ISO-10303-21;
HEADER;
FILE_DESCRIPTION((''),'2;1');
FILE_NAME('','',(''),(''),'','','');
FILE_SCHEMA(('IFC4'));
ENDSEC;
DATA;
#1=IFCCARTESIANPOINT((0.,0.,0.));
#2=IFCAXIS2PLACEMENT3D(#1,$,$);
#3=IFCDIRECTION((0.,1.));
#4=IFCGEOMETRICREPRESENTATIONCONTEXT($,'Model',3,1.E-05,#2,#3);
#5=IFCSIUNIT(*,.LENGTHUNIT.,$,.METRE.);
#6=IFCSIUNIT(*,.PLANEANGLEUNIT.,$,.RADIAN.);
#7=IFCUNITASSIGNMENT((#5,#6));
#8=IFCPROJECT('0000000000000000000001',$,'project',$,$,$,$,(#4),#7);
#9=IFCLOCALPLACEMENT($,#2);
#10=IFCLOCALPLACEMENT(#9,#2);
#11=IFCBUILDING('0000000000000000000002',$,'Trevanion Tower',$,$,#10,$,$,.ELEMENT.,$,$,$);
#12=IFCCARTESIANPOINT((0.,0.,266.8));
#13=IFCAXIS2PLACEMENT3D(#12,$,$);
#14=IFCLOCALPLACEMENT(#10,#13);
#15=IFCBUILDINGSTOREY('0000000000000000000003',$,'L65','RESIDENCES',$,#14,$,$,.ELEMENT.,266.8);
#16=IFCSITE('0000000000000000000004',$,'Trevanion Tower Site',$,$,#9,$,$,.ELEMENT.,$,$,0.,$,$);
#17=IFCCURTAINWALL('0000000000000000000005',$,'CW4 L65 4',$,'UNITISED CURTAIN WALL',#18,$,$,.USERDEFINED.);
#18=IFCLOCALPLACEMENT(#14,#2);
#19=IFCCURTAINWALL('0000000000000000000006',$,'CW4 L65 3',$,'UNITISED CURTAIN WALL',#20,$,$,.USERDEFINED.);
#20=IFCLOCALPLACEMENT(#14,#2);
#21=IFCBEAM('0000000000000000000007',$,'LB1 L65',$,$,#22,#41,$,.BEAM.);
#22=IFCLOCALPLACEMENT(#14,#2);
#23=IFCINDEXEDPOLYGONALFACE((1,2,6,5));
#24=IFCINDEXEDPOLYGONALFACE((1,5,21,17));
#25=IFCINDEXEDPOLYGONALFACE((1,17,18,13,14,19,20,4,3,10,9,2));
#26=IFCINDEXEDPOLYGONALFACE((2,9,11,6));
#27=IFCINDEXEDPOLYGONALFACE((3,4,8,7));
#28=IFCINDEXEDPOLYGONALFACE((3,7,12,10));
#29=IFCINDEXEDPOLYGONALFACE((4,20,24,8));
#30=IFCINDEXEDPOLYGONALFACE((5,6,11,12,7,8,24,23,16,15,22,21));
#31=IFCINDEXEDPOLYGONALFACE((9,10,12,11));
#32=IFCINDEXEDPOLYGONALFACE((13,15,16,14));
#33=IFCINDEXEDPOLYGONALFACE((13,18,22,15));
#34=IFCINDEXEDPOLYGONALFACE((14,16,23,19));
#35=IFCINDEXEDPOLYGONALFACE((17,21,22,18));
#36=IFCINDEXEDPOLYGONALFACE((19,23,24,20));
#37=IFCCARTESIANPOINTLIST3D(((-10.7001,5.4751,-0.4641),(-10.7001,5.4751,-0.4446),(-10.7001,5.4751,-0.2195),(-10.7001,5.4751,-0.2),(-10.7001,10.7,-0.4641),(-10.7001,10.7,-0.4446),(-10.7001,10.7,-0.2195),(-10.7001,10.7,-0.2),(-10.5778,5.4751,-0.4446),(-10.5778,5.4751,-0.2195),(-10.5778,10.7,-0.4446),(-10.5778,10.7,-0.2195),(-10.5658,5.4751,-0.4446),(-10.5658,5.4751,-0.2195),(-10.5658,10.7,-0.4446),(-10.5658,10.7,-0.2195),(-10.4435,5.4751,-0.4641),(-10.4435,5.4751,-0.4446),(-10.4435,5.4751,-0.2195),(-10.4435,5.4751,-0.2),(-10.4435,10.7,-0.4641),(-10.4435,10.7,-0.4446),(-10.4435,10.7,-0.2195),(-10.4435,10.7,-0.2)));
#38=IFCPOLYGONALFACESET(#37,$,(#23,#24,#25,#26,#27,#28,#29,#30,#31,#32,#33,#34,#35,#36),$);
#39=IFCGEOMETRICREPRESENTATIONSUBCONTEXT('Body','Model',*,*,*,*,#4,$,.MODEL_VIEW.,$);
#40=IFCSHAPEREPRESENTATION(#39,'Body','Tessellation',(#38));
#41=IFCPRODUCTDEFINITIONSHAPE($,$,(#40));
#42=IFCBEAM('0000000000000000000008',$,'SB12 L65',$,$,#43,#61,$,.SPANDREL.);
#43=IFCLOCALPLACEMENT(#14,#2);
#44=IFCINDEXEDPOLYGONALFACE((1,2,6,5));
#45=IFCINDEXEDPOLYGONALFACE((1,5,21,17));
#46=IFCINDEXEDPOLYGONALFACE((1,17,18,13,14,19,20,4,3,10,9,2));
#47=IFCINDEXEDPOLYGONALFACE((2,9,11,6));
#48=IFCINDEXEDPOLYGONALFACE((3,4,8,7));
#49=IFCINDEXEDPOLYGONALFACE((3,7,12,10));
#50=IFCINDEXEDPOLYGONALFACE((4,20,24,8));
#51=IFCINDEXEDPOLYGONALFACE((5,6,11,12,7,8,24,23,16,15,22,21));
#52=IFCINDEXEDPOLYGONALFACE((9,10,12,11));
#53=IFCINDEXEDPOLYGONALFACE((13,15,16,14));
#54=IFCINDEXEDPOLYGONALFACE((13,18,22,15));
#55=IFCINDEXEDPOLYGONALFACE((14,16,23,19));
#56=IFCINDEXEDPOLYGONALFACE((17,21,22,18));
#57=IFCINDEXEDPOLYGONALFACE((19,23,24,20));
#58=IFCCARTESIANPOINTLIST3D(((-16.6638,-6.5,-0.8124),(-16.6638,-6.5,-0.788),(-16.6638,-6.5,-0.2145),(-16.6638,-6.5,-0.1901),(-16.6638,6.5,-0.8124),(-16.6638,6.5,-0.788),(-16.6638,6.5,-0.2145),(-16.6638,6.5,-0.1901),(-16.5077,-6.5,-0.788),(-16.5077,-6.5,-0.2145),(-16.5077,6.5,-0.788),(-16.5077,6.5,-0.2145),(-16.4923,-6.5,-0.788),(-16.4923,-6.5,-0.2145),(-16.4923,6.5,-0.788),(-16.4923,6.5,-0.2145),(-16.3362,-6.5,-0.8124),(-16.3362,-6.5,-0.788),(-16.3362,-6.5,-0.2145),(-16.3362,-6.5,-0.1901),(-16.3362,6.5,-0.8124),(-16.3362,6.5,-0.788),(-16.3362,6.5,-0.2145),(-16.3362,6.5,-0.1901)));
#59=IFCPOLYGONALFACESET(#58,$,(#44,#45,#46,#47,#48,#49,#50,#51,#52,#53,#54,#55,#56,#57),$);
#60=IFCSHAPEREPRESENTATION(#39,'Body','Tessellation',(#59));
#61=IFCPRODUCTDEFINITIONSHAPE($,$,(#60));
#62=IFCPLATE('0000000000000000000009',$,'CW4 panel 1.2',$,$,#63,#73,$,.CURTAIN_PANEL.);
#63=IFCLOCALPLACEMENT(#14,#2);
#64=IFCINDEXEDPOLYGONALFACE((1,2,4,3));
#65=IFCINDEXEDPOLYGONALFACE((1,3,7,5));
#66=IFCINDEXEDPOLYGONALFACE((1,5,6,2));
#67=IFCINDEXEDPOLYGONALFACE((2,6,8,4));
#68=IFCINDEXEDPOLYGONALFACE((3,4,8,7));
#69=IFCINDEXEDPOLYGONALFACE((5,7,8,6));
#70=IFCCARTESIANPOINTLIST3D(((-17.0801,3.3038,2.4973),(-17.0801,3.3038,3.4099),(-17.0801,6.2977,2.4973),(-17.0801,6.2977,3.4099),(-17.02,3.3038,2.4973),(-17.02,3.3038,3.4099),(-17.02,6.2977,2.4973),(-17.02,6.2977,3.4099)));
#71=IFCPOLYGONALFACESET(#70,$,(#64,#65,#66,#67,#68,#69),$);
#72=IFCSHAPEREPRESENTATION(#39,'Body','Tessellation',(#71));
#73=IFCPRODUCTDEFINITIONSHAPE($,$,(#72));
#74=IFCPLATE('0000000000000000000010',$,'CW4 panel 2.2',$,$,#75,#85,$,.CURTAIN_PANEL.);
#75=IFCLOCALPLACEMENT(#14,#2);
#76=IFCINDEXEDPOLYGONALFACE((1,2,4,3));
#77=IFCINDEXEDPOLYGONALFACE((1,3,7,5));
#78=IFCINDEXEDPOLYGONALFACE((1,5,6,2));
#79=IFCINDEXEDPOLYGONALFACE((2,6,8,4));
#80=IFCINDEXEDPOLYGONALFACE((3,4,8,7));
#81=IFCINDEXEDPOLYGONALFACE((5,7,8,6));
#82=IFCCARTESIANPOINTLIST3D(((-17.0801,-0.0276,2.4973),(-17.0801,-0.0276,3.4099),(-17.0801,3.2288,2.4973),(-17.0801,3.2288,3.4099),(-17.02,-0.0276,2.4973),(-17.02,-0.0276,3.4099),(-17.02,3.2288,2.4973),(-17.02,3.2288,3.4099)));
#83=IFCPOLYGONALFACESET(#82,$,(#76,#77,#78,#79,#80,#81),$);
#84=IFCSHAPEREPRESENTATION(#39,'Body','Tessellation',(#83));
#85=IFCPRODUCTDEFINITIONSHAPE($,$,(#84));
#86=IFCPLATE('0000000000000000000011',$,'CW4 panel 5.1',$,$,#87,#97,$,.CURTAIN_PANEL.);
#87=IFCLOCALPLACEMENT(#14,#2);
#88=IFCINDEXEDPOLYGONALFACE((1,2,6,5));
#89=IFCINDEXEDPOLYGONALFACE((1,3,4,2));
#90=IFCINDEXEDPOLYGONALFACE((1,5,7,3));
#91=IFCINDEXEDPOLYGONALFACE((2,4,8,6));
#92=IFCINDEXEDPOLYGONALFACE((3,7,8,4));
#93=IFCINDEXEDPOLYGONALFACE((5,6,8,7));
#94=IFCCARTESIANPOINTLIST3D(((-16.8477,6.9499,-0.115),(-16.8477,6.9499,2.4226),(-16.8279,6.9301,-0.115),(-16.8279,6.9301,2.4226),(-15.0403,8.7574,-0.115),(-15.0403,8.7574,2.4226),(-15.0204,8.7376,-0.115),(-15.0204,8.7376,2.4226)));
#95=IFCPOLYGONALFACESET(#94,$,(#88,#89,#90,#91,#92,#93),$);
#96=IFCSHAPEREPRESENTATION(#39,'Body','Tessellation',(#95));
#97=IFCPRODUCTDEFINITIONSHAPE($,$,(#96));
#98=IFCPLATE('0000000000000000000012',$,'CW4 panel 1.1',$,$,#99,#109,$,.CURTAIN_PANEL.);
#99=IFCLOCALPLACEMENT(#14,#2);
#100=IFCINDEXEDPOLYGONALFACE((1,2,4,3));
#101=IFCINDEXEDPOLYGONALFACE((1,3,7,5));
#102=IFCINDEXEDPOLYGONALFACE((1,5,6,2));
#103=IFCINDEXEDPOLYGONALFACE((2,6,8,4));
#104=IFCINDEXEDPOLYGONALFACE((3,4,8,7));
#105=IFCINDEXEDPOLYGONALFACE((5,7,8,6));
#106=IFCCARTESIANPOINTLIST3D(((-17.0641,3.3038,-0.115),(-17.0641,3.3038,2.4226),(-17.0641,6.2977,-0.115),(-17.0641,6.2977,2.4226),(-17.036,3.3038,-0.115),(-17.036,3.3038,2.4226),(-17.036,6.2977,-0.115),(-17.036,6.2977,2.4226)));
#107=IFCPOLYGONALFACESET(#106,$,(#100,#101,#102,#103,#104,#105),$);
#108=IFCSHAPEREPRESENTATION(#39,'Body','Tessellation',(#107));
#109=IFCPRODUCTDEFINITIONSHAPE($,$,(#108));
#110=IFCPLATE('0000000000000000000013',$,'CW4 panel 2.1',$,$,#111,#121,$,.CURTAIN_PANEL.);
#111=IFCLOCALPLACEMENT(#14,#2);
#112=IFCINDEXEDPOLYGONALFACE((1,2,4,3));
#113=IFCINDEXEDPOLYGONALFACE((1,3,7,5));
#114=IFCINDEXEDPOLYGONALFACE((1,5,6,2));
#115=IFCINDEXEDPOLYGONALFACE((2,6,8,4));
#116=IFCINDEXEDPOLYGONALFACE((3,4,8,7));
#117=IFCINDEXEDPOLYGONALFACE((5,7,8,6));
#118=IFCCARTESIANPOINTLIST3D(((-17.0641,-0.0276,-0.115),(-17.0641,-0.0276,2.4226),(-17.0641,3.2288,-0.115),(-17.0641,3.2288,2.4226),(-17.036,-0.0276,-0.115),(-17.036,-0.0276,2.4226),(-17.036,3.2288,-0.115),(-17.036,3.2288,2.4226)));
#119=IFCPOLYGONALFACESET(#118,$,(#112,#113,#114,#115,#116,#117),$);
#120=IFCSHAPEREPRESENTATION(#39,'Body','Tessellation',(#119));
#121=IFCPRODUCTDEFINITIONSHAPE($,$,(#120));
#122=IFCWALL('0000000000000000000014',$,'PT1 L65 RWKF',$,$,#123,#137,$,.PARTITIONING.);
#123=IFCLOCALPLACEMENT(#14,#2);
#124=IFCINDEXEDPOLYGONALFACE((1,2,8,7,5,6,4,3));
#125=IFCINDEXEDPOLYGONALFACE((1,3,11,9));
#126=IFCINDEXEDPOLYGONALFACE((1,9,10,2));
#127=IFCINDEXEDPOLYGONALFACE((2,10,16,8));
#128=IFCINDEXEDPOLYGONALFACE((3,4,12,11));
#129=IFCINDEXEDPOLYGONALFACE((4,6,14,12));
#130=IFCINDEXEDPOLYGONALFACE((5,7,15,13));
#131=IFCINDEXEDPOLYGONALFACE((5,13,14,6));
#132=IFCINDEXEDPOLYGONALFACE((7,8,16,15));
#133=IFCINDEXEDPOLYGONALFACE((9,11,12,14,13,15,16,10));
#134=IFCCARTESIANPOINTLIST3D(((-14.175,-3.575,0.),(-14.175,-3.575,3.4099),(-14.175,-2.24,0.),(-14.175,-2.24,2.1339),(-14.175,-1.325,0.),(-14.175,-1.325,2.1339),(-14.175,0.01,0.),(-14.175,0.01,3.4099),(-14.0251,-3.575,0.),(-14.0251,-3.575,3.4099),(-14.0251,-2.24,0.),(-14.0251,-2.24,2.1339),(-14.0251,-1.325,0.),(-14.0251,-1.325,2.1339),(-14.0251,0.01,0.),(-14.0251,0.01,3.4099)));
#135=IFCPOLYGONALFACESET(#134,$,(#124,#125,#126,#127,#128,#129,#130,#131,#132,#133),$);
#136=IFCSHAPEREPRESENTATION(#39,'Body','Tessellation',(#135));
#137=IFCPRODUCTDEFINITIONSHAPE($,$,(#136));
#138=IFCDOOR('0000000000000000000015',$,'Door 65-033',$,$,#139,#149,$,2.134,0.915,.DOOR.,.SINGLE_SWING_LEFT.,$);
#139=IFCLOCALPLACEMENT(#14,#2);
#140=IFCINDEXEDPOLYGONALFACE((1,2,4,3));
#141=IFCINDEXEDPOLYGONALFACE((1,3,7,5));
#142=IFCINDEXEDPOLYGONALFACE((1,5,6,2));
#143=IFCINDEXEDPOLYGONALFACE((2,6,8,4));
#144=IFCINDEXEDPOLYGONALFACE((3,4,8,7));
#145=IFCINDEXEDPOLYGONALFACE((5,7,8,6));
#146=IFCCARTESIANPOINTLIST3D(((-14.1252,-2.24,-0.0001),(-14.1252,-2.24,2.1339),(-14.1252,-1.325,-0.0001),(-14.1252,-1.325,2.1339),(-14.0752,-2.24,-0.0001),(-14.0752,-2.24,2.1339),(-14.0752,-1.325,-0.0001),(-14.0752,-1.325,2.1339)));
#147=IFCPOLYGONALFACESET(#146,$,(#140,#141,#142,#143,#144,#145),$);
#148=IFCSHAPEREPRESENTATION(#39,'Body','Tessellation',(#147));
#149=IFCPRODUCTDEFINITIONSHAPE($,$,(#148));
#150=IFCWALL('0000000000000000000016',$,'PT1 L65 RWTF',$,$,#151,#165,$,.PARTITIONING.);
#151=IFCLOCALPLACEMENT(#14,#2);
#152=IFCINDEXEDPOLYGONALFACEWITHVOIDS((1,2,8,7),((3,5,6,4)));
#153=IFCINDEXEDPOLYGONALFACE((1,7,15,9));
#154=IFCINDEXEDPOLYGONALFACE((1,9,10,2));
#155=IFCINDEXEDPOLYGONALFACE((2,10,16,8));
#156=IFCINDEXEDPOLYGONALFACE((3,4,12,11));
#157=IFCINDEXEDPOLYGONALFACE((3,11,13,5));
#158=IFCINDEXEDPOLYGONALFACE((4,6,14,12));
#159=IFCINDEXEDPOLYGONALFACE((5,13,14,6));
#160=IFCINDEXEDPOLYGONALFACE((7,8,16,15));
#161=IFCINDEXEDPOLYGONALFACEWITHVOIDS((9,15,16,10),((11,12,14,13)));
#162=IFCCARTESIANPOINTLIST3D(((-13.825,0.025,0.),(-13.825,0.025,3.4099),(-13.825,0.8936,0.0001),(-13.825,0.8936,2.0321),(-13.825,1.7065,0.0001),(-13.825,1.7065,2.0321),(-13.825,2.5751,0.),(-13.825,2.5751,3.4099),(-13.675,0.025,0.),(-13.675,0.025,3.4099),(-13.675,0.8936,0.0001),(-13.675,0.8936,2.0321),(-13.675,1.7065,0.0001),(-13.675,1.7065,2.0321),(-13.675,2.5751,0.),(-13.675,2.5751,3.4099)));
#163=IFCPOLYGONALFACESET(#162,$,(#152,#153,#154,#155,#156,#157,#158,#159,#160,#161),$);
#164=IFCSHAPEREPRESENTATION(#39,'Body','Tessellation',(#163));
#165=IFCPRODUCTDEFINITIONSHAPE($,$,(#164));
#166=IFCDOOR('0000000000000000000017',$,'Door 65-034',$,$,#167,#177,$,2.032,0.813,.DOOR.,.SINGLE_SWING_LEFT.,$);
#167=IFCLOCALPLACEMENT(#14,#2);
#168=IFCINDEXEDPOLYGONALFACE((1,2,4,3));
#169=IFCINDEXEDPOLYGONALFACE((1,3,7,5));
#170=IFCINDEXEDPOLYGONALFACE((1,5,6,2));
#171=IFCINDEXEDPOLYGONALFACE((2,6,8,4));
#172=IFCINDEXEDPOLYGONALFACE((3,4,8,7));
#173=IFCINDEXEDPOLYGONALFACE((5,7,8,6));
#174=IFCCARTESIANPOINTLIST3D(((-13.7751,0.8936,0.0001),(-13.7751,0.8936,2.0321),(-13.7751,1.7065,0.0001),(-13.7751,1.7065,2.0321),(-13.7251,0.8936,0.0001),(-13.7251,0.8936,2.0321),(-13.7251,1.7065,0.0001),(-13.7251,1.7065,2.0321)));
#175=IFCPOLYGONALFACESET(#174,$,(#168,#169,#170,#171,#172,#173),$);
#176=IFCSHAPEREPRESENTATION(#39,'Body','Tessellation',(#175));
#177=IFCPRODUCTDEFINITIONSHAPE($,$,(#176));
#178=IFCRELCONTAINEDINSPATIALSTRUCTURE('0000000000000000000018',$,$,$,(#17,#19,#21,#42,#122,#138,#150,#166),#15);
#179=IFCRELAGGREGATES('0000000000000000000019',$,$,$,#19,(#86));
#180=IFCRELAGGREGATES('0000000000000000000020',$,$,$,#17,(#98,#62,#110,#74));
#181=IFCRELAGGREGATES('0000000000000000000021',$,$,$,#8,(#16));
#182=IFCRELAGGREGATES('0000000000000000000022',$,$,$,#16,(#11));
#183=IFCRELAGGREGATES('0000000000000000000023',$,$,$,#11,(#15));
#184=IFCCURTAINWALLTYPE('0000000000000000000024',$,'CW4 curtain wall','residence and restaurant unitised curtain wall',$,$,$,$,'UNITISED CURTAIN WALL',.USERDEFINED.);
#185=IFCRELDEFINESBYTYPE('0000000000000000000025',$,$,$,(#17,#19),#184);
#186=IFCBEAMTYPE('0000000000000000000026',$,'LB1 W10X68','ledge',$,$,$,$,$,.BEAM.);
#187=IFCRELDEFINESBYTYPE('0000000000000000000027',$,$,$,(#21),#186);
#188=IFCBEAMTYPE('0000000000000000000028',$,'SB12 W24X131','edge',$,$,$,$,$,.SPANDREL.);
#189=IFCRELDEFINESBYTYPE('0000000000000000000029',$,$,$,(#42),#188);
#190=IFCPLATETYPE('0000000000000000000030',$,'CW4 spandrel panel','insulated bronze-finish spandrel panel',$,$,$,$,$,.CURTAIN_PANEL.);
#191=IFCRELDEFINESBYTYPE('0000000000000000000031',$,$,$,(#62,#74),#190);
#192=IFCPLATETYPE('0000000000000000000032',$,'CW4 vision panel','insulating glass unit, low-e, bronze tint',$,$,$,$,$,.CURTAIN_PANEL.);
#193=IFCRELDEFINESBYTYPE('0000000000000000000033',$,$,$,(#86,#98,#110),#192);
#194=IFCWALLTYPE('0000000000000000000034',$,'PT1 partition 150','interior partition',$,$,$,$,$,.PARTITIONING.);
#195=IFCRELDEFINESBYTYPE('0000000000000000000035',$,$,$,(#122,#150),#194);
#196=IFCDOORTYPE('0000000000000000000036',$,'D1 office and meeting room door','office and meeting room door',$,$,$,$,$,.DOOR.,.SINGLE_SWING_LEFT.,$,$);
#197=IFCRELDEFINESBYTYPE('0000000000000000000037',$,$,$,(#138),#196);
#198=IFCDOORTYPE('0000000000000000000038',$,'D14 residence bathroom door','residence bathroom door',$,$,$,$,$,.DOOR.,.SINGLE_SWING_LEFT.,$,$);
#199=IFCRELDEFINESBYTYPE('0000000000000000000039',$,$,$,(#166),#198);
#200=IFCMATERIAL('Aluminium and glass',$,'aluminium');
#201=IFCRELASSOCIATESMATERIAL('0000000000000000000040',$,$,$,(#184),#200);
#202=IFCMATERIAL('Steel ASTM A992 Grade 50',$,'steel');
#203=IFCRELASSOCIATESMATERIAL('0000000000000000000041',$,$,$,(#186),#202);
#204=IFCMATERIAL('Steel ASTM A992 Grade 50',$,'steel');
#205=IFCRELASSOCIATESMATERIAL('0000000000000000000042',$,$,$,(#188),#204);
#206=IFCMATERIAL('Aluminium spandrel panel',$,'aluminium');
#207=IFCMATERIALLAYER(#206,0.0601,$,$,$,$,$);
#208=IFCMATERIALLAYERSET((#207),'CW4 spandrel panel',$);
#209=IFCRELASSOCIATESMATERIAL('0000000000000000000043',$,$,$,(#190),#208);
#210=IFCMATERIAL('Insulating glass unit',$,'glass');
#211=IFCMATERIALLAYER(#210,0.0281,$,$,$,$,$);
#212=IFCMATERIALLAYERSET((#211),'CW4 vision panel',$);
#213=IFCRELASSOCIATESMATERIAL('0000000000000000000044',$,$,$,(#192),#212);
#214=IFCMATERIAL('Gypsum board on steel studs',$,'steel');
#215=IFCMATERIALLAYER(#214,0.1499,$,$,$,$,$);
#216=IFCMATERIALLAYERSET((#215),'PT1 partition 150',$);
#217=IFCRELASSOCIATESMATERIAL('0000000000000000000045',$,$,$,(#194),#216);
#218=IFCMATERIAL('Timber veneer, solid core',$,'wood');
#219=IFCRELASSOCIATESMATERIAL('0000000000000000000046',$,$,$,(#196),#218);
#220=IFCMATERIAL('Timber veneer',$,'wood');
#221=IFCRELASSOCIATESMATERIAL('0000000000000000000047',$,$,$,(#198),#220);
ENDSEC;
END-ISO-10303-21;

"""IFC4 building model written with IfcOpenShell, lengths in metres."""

from ifc_helpers import new_model, si_unit, direction, frame, frame_2d, origin, origin_2d, place, context, subcontext, project, spatial, rectangle, i_section, extrude, material, layer, layer_set, material_profile, profile_set, type_object, element, fill, aggregate, save


model = new_model("IFC4")

# Units and contexts
model_context = context("Model", 3, precision=1e-05, world=origin(), true_north=direction((0.0, 1.0)))
body_context = subcontext(model_context, "Body", "Model", "MODEL_VIEW")
ifc_project = project(units=[si_unit("LENGTHUNIT", "METRE"), si_unit("PLANEANGLEUNIT", "RADIAN")], contexts=[model_context])

# Site, building, storey
site_placement = place(None, origin())
site = spatial("IfcSite", under=ifc_project, at=site_placement, Name="Trevanion Tower Site", CompositionType="ELEMENT", RefElevation=0.0)
building_placement = place(site_placement, origin())
building = spatial("IfcBuilding", under=site, at=building_placement, Name="Trevanion Tower", CompositionType="ELEMENT")
storey_placement = place(building_placement, frame((0.0, 0.0, 266.8)))
storey = spatial("IfcBuildingStorey", under=building, at=storey_placement, Name="L65", Description="RESIDENCES", CompositionType="ELEMENT", Elevation=266.8)

# Curtain walls
ifc_material_1 = material(Name="Aluminium and glass", Category="aluminium")
curtain_wall_type = type_object("IfcCurtainWallType", Name="CW4 curtain wall", Description="residence and restaurant unitised curtain wall", ElementType="UNITISED CURTAIN WALL", PredefinedType="USERDEFINED", material=ifc_material_1)
curtain_wall_1_placement = place(storey_placement, origin())
curtain_wall_1 = element("IfcCurtainWall", 1, at=curtain_wall_1_placement, inside=storey, type_object=curtain_wall_type, Name="CW4 L65 4", ObjectType="UNITISED CURTAIN WALL", PredefinedType="USERDEFINED")
curtain_wall_2_placement = place(storey_placement, origin())
curtain_wall_2 = element("IfcCurtainWall", 2, at=curtain_wall_2_placement, inside=storey, type_object=curtain_wall_type, Name="CW4 L65 3", ObjectType="UNITISED CURTAIN WALL", PredefinedType="USERDEFINED")

# Beams
ifc_material_2 = material(Name="Steel ASTM A992 Grade 50", Category="steel")
ifc_material_profile_1 = material_profile(ifc_material_2, i_section(OverallWidth=0.2566, OverallDepth=0.2642, WebThickness=0.012, FlangeThickness=0.0195, at=origin_2d()), Name="W10X68")
ifc_profile_set_1 = profile_set([ifc_material_profile_1], Name="Steel ASTM A992 Grade 50")
beam_type_1 = type_object("IfcBeamType", Name="LB1 W10X68", Description="ledge", PredefinedType="BEAM", material=ifc_profile_set_1)
beam_1_placement = place(storey_placement, frame((-10.5718, 5.4751, -0.332), z_axis=(0.0, 1.0, 0.0), x_axis=(-1.0, 0.0, 0.0)))
element("IfcBeam", 3, at=beam_1_placement, inside=storey, type_object=beam_type_1, Name="LB1 L65", PredefinedType="BEAM", context=body_context, shape_type="SweptSolid", body=[
    extrude(i_section(OverallWidth=0.2566, OverallDepth=0.2642, WebThickness=0.012, FlangeThickness=0.0195, at=origin_2d()), origin(), (0.0, 0.0, 1.0), 5.2249),
])
ifc_material_3 = material(Name="Steel ASTM A992 Grade 50", Category="steel")
ifc_material_profile_2 = material_profile(ifc_material_3, i_section(OverallWidth=0.3276, OverallDepth=0.6223, WebThickness=0.0154, FlangeThickness=0.0244, at=origin_2d()), Name="W24X131")
ifc_profile_set_2 = profile_set([ifc_material_profile_2], Name="Steel ASTM A992 Grade 50")
beam_type_2 = type_object("IfcBeamType", Name="SB12 W24X131", Description="edge", PredefinedType="SPANDREL", material=ifc_profile_set_2)
beam_2_placement = place(storey_placement, frame((-16.5, 6.5, -0.5012), z_axis=(0.0, -1.0, 0.0), x_axis=(1.0, 0.0, 0.0)))
element("IfcBeam", 4, at=beam_2_placement, inside=storey, type_object=beam_type_2, Name="SB12 L65", PredefinedType="SPANDREL", context=body_context, shape_type="SweptSolid", body=[
    extrude(i_section(OverallWidth=0.3276, OverallDepth=0.6223, WebThickness=0.0154, FlangeThickness=0.0244, at=origin_2d()), origin(), (0.0, 0.0, 1.0), 13.0),
])

# Plates
ifc_material_4 = material(Name="Aluminium spandrel panel", Category="aluminium")
ifc_layer_1 = layer(ifc_material_4, 0.0601)
ifc_layer_set_1 = layer_set([ifc_layer_1], Name="CW4 spandrel panel")
plate_type_1 = type_object("IfcPlateType", Name="CW4 spandrel panel", Description="insulated bronze-finish spandrel panel", PredefinedType="CURTAIN_PANEL", material=ifc_layer_set_1)
plate_1_placement = place(storey_placement, frame((-17.05, 4.8008, 2.4973), z_axis=(0.0, 0.0, 1.0), x_axis=(0.0, -1.0, 0.0)))
plate_1 = element("IfcPlate", 5, at=plate_1_placement, type_object=plate_type_1, Name="CW4 panel 1.2", PredefinedType="CURTAIN_PANEL", context=body_context, shape_type="SweptSolid", body=[
    extrude(rectangle(XDim=2.9939, YDim=0.0601, at=origin_2d()), origin(), (0.0, 0.0, 1.0), 0.9126),
])
plate_2_placement = place(storey_placement, frame((-17.05, 1.6006, 2.4973), z_axis=(0.0, 0.0, 1.0), x_axis=(0.0, -1.0, 0.0)))
plate_2 = element("IfcPlate", 6, at=plate_2_placement, type_object=plate_type_1, Name="CW4 panel 2.2", PredefinedType="CURTAIN_PANEL", context=body_context, shape_type="SweptSolid", body=[
    extrude(rectangle(XDim=3.2563, YDim=0.0601, at=origin_2d()), origin(), (0.0, 0.0, 1.0), 0.9126),
])
ifc_material_5 = material(Name="Insulating glass unit", Category="glass")
ifc_layer_2 = layer(ifc_material_5, 0.0281)
ifc_layer_set_2 = layer_set([ifc_layer_2], Name="CW4 vision panel")
plate_type_2 = type_object("IfcPlateType", Name="CW4 vision panel", Description="insulating glass unit, low-e, bronze tint", PredefinedType="CURTAIN_PANEL", material=ifc_layer_set_2)
plate_3_placement = place(storey_placement, frame((-15.9341, 7.8438, -0.115), z_axis=(0.0, 0.0, 1.0), x_axis=(-0.707107, -0.707107, 0.0)))
plate_3 = element("IfcPlate", 7, at=plate_3_placement, type_object=plate_type_2, Name="CW4 panel 5.1", PredefinedType="CURTAIN_PANEL", context=body_context, shape_type="SweptSolid", body=[
    extrude(rectangle(XDim=2.5562, YDim=0.0281, at=origin_2d()), origin(), (0.0, 0.0, 1.0), 2.5376),
])
aggregate(curtain_wall_2, [plate_3])
plate_4_placement = place(storey_placement, frame((-17.05, 4.8008, -0.115), z_axis=(0.0, 0.0, 1.0), x_axis=(0.0, -1.0, 0.0)))
plate_4 = element("IfcPlate", 8, at=plate_4_placement, type_object=plate_type_2, Name="CW4 panel 1.1", PredefinedType="CURTAIN_PANEL", context=body_context, shape_type="SweptSolid", body=[
    extrude(rectangle(XDim=2.9939, YDim=0.0281, at=origin_2d()), origin(), (0.0, 0.0, 1.0), 2.5376),
])
plate_5_placement = place(storey_placement, frame((-17.05, 1.6006, -0.115), z_axis=(0.0, 0.0, 1.0), x_axis=(0.0, -1.0, 0.0)))
plate_5 = element("IfcPlate", 9, at=plate_5_placement, type_object=plate_type_2, Name="CW4 panel 2.1", PredefinedType="CURTAIN_PANEL", context=body_context, shape_type="SweptSolid", body=[
    extrude(rectangle(XDim=3.2563, YDim=0.0281, at=origin_2d()), origin(), (0.0, 0.0, 1.0), 2.5376),
])
aggregate(curtain_wall_1, [plate_4, plate_1, plate_5, plate_2])

# Walls, openings, doors
ifc_material_6 = material(Name="Gypsum board on steel studs", Category="steel")
ifc_layer_3 = layer(ifc_material_6, 0.1499)
ifc_layer_set_3 = layer_set([ifc_layer_3], Name="PT1 partition 150")
wall_type = type_object("IfcWallType", Name="PT1 partition 150", Description="interior partition", PredefinedType="PARTITIONING", material=ifc_layer_set_3)
wall_1_placement = place(storey_placement, frame((-14.1001, 0.01, 0.0), z_axis=(0.0, 0.0, 1.0), x_axis=(0.0, -1.0, 0.0)))
wall_1 = element("IfcWall", 10, at=wall_1_placement, inside=storey, type_object=wall_type, Name="PT1 L65 RWKF", PredefinedType="PARTITIONING", context=body_context, shape_type="SweptSolid", body=[
    extrude(rectangle(XDim=3.585, YDim=0.1499, at=frame_2d((1.7925, 0.0))), origin(), (0.0, 0.0, 1.0), 3.4099),
])
opening_1_placement = place(wall_1_placement, frame((1.335, 0.0, 0.0)))
opening_1 = element("IfcOpeningElement", 11, at=opening_1_placement, cuts=wall_1, PredefinedType="OPENING", context=body_context, shape_type="SweptSolid", body=[
    extrude(rectangle(XDim=0.915, YDim=2.134, at=frame_2d((0.4575, 1.0669))), frame((0.0, 0.085, 0.0), z_axis=(0.0, -1.0, 0.0), x_axis=(1.0, 0.0, 0.0)), (0.0, 0.0, 1.0), 0.1699),
])
ifc_material_7 = material(Name="Timber veneer, solid core", Category="wood")
door_type_1 = type_object("IfcDoorType", Name="D1 office and meeting room door", Description="office and meeting room door", OperationType="SINGLE_SWING_LEFT", PredefinedType="DOOR", material=ifc_material_7)
door_1_placement = place(opening_1_placement, origin())
door_1 = element("IfcDoor", 12, at=door_1_placement, inside=storey, type_object=door_type_1, Name="Door 65-033", OperationType="SINGLE_SWING_LEFT", OverallHeight=2.134, OverallWidth=0.915, PredefinedType="DOOR", context=body_context, shape_type="SweptSolid", body=[
    extrude(rectangle(XDim=0.915, YDim=2.134, at=frame_2d((0.4575, 1.0669))), frame((0.0, 0.0249, 0.0), z_axis=(0.0, -1.0, 0.0), x_axis=(1.0, 0.0, 0.0)), (0.0, 0.0, 1.0), 0.05),
])
fill(opening_1, door_1)
wall_2_placement = place(storey_placement, frame((-13.75, 2.575, 0.0), z_axis=(0.0, 0.0, 1.0), x_axis=(0.0, -1.0, 0.0)))
wall_2 = element("IfcWall", 13, at=wall_2_placement, inside=storey, type_object=wall_type, Name="PT1 L65 RWTF", PredefinedType="PARTITIONING", context=body_context, shape_type="SweptSolid", body=[
    extrude(rectangle(XDim=2.55, YDim=0.1499, at=frame_2d((1.2749, 0.0))), origin(), (0.0, 0.0, 1.0), 3.4099),
])
opening_2_placement = place(wall_2_placement, frame((0.8684, 0.0, 0.0)))
opening_2 = element("IfcOpeningElement", 14, at=opening_2_placement, cuts=wall_2, PredefinedType="OPENING", context=body_context, shape_type="SweptSolid", body=[
    extrude(rectangle(XDim=0.813, YDim=2.032, at=frame_2d((0.4065, 1.0161))), frame((0.0, 0.085, 0.0), z_axis=(0.0, -1.0, 0.0), x_axis=(1.0, 0.0, 0.0)), (0.0, 0.0, 1.0), 0.1699),
])
ifc_material_8 = material(Name="Timber veneer", Category="wood")
door_type_2 = type_object("IfcDoorType", Name="D14 residence bathroom door", Description="residence bathroom door", OperationType="SINGLE_SWING_LEFT", PredefinedType="DOOR", material=ifc_material_8)
door_2_placement = place(opening_2_placement, origin())
door_2 = element("IfcDoor", 15, at=door_2_placement, inside=storey, type_object=door_type_2, Name="Door 65-034", OperationType="SINGLE_SWING_LEFT", OverallHeight=2.032, OverallWidth=0.813, PredefinedType="DOOR", context=body_context, shape_type="SweptSolid", body=[
    extrude(rectangle(XDim=0.813, YDim=2.032, at=frame_2d((0.4065, 1.0161))), frame((0.0, 0.0249, 0.0), z_axis=(0.0, -1.0, 0.0), x_axis=(1.0, 0.0, 0.0)), (0.0, 0.0, 1.0), 0.05),
])
fill(opening_2, door_2)

save(model, "model.ifc")
